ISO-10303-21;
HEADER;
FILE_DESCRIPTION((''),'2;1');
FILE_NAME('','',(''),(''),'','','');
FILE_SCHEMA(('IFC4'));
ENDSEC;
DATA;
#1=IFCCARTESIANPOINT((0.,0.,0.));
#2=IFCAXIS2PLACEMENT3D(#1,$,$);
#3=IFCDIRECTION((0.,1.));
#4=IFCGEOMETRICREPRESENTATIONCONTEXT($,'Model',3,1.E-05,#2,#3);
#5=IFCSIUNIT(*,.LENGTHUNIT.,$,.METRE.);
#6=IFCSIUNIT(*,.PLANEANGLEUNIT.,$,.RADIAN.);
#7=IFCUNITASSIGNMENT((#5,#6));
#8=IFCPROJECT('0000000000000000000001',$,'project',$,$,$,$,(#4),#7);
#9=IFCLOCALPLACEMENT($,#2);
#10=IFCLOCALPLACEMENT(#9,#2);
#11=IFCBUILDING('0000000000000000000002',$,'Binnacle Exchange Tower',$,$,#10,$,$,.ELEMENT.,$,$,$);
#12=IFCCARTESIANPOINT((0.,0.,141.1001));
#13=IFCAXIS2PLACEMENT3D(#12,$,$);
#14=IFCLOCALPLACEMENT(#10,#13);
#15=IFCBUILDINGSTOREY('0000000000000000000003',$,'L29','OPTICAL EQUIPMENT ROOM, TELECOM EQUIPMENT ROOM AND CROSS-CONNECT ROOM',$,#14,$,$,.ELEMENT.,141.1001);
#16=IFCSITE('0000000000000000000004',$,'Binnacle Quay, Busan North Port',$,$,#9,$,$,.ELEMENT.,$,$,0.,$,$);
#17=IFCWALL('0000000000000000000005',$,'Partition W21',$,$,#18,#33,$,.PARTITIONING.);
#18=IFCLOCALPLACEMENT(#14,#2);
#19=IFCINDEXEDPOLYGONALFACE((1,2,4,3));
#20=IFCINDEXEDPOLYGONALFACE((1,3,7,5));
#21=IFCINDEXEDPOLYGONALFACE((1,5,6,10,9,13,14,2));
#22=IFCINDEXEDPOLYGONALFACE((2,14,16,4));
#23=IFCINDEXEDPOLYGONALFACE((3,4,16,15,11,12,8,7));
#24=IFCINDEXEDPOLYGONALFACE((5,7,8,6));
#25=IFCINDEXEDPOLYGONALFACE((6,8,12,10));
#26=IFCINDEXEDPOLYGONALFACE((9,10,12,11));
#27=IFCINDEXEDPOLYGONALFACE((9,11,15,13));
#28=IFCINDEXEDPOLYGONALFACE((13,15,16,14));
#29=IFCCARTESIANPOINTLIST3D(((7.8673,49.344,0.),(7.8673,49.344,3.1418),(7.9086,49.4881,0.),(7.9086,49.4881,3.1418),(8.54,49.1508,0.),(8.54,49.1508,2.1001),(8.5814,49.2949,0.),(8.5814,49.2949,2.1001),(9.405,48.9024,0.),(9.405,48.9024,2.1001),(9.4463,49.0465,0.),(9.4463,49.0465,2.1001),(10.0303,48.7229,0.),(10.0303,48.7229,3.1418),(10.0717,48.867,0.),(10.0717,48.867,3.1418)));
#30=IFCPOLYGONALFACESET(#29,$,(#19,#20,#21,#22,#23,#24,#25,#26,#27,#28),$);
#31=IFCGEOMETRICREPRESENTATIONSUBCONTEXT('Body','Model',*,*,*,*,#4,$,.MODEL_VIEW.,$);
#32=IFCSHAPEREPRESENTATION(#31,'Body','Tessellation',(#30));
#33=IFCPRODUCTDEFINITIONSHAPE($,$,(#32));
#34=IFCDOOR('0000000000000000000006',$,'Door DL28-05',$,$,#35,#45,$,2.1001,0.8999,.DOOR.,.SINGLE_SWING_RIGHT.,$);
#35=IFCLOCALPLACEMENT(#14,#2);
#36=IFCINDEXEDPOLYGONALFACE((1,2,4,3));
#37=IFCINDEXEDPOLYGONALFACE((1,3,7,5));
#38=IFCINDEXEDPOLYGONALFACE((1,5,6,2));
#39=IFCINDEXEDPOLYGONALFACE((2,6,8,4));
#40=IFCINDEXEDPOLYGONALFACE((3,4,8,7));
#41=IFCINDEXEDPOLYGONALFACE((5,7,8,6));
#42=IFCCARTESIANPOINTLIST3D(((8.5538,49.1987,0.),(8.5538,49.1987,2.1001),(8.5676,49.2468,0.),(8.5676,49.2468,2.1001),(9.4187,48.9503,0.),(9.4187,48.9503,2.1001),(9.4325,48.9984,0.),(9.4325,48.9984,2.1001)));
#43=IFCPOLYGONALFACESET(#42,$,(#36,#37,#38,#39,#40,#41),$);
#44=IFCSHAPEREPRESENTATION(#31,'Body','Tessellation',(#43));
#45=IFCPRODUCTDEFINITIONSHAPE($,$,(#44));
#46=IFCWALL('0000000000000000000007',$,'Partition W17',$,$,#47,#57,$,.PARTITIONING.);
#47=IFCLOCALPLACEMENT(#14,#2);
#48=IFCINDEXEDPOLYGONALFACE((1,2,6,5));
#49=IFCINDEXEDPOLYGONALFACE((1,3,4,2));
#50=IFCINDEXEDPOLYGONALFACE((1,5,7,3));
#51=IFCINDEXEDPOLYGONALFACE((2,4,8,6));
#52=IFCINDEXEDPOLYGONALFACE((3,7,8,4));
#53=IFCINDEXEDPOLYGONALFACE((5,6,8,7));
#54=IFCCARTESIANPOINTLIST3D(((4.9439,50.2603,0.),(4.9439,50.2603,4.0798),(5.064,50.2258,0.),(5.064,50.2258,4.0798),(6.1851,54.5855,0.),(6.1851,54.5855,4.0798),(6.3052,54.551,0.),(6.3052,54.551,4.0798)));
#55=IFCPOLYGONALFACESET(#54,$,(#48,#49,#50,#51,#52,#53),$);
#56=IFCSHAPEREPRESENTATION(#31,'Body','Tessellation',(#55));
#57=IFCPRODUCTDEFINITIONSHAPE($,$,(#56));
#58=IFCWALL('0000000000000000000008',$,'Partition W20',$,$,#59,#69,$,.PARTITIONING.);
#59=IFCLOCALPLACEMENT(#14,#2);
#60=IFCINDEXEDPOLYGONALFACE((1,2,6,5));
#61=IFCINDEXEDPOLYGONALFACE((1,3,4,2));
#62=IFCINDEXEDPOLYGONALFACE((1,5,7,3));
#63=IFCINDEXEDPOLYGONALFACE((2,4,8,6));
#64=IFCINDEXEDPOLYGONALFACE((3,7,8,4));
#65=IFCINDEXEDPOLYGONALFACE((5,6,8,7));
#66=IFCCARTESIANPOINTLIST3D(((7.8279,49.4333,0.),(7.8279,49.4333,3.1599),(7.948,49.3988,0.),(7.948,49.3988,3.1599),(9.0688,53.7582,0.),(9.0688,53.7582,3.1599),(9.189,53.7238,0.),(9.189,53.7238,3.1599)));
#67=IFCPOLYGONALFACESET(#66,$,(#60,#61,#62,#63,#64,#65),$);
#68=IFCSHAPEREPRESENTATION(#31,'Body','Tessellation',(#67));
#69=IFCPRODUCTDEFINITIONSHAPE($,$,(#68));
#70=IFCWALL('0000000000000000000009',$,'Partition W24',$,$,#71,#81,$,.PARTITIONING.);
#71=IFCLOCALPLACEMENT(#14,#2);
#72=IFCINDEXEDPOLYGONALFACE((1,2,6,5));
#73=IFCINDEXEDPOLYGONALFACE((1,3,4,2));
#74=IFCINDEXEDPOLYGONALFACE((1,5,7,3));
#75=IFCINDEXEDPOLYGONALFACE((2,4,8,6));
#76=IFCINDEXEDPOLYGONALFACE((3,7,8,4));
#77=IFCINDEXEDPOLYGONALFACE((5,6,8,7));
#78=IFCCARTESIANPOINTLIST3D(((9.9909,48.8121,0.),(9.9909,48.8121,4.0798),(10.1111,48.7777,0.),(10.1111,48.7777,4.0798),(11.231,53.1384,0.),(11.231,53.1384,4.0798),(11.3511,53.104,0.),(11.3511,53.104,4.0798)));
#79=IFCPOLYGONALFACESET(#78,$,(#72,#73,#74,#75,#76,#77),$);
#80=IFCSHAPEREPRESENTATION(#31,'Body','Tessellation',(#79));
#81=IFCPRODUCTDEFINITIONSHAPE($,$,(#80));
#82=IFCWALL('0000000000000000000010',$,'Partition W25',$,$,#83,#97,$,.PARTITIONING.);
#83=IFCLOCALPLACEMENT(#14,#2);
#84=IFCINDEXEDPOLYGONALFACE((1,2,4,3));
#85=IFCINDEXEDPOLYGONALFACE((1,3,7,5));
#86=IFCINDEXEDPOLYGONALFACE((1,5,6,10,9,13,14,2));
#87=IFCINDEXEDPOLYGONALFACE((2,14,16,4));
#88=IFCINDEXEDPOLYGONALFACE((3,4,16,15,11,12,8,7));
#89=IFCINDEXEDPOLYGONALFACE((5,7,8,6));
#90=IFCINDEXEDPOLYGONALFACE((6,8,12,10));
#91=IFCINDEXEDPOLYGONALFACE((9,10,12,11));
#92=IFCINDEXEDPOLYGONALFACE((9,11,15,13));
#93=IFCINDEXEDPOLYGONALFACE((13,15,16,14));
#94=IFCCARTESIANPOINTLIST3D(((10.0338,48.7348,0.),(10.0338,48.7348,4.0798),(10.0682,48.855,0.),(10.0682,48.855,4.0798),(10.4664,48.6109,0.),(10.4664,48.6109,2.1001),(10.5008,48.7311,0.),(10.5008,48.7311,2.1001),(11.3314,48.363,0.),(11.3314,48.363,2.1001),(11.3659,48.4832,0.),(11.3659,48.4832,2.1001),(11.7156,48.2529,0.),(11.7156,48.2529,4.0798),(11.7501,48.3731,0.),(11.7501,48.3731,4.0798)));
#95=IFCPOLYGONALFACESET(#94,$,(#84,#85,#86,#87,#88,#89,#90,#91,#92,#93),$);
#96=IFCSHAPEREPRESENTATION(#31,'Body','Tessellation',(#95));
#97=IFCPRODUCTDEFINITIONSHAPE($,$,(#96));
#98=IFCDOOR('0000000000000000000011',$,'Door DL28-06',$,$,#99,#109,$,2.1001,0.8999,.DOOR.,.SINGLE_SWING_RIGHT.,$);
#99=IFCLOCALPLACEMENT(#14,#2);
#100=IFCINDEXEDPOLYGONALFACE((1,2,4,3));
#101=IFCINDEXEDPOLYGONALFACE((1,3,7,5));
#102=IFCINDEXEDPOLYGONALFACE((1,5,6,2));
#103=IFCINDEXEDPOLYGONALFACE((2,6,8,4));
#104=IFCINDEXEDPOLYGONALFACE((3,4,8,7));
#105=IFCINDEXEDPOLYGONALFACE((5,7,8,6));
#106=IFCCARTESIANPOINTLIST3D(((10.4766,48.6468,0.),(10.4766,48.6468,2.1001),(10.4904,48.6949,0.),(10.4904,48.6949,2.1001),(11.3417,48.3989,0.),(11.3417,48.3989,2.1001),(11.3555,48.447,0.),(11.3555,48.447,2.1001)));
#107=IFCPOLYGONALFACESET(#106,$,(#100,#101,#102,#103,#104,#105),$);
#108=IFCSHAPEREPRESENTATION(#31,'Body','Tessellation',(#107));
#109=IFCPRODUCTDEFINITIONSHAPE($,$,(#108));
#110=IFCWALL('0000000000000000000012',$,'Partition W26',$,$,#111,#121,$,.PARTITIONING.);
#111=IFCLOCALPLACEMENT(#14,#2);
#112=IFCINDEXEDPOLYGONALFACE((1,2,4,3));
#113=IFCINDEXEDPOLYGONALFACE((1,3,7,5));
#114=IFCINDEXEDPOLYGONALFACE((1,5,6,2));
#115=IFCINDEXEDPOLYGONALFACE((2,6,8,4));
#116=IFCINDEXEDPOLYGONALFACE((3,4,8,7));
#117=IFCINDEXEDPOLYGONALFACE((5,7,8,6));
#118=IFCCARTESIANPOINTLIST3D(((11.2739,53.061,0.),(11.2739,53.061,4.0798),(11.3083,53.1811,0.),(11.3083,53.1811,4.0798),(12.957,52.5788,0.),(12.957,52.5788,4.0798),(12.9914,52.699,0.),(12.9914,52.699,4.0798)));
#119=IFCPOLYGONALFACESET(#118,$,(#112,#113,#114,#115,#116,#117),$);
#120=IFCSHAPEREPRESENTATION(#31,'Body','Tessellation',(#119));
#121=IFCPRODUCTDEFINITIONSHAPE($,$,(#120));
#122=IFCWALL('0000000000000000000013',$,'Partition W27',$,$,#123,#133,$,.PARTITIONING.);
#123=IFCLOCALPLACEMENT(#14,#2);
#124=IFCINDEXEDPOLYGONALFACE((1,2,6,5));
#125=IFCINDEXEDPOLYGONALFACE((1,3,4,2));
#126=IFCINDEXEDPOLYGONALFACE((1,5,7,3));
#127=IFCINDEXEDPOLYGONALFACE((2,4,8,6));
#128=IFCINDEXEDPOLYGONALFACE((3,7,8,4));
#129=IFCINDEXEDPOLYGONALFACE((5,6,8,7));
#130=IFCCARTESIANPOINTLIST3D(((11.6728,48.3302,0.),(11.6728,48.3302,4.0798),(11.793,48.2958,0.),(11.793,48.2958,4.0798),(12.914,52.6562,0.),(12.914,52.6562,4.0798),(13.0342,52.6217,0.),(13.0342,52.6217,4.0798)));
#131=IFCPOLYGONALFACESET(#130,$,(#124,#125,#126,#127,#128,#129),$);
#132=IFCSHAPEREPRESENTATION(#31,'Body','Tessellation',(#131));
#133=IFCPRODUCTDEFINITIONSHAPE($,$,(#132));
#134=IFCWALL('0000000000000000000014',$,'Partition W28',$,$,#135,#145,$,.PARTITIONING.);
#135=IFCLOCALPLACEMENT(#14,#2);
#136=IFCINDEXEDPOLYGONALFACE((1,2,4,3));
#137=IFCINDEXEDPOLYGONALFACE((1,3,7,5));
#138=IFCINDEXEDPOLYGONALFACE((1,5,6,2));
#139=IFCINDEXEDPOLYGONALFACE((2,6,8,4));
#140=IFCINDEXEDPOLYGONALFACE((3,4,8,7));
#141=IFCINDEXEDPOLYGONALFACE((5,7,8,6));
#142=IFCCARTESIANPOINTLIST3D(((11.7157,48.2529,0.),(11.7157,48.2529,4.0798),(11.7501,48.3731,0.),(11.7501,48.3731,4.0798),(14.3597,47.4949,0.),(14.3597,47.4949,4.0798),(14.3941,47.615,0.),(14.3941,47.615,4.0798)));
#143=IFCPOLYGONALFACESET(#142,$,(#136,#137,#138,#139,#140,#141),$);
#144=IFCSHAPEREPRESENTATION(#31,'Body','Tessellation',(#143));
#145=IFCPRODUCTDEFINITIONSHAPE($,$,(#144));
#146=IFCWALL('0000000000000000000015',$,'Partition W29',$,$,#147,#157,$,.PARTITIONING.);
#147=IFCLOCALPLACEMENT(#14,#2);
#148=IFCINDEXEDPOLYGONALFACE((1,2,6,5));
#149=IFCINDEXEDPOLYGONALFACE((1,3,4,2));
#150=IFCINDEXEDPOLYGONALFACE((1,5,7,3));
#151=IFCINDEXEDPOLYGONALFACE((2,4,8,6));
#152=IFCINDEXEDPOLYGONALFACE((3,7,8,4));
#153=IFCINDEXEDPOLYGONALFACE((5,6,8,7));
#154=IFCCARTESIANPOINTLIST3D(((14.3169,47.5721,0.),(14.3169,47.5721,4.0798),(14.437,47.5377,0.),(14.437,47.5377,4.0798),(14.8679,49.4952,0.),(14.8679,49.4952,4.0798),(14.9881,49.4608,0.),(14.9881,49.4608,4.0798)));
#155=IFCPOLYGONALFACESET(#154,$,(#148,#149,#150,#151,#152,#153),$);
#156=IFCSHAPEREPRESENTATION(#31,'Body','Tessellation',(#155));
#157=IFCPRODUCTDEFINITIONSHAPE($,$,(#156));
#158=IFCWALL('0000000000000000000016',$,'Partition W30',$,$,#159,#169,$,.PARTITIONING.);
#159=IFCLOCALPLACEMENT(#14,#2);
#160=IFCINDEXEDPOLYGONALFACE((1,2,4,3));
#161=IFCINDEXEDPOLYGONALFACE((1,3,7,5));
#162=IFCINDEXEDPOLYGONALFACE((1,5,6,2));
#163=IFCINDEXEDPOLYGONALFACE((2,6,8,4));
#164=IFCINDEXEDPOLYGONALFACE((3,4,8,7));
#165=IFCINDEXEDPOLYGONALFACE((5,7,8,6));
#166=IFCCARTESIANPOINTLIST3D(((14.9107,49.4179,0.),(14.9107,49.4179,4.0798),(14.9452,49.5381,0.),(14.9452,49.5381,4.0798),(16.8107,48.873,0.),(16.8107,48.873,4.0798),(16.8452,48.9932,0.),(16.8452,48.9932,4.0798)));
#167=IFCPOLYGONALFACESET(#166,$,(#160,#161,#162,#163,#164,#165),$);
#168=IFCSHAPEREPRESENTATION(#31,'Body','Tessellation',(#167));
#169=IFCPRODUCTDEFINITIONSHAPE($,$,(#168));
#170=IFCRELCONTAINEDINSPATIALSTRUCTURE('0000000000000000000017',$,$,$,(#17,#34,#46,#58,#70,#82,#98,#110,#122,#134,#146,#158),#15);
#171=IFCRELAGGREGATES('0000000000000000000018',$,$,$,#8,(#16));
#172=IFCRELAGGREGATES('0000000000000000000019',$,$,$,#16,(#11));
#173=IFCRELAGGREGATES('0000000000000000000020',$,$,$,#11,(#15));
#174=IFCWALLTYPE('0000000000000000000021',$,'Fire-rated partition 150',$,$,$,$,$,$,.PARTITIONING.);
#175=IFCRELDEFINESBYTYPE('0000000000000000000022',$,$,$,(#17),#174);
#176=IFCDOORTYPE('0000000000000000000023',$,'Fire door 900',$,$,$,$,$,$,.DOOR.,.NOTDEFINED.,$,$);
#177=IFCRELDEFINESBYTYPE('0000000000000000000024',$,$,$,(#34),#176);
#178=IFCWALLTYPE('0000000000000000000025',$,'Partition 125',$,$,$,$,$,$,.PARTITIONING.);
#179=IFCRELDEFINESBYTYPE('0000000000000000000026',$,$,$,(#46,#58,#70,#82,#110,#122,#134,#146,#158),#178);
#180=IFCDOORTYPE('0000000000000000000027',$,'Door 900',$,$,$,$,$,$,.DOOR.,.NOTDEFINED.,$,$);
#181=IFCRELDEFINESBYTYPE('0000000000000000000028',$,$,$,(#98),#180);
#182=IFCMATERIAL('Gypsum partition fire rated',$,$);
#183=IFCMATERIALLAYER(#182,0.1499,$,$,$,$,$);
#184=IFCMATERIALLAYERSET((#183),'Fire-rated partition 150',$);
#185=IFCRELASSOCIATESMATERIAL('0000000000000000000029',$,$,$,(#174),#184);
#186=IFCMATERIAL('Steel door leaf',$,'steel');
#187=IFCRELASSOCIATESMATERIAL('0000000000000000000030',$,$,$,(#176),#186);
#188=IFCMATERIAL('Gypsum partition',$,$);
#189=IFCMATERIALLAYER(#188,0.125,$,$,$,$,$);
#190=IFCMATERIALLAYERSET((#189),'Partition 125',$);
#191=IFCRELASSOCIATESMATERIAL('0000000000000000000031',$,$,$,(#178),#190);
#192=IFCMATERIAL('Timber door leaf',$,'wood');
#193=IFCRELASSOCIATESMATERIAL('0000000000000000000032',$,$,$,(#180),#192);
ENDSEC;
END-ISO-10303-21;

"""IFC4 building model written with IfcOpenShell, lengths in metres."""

from ifc_helpers import new_model, si_unit, direction, frame, frame_2d, origin, place, context, subcontext, project, spatial, rectangle, extrude, material, layer, layer_set, type_object, element, fill, save


model = new_model("IFC4")

# Units and contexts
model_context = context("Model", 3, precision=1e-05, world=origin(), true_north=direction((0.0, 1.0)))
body_context = subcontext(model_context, "Body", "Model", "MODEL_VIEW")
ifc_project = project(units=[si_unit("LENGTHUNIT", "METRE"), si_unit("PLANEANGLEUNIT", "RADIAN")], contexts=[model_context])

# Site, building, storey
site_placement = place(None, origin())
site = spatial("IfcSite", under=ifc_project, at=site_placement, Name="Binnacle Quay, Busan North Port", CompositionType="ELEMENT", RefElevation=0.0)
building_placement = place(site_placement, origin())
building = spatial("IfcBuilding", under=site, at=building_placement, Name="Binnacle Exchange Tower", CompositionType="ELEMENT")
storey_placement = place(building_placement, frame((0.0, 0.0, 141.1001)))
storey = spatial("IfcBuildingStorey", under=building, at=storey_placement, Name="L29", Description="OPTICAL EQUIPMENT ROOM, TELECOM EQUIPMENT ROOM AND CROSS-CONNECT ROOM", CompositionType="ELEMENT", Elevation=141.1001)

# Shared definitions
ifc_material_1 = material(Name="Steel door leaf", Category="steel")

# Shared definitions
ifc_material_2 = material(Name="Gypsum partition fire rated")
ifc_layer_1 = layer(ifc_material_2, 0.1499)
ifc_layer_set_1 = layer_set([ifc_layer_1], Name="Fire-rated partition 150")
wall_type_1 = type_object("IfcWallType", Name="Fire-rated partition 150", PredefinedType="PARTITIONING", material=ifc_layer_set_1)

# Shared definitions
door_type_1 = type_object("IfcDoorType", Name="Fire door 900", OperationType="NOTDEFINED", PredefinedType="DOOR", material=ifc_material_1)

# Wall, opening, door
wall_1_placement = place(storey_placement, frame((7.8879, 49.416, 0.0), z_axis=(0.0, 0.0, 1.0), x_axis=(0.961163, -0.275982, 0.0)))
wall_1 = element("IfcWall", 1, at=wall_1_placement, inside=storey, type_object=wall_type_1, Name="Partition W21", PredefinedType="PARTITIONING", context=body_context, shape_type="SweptSolid", body=[
    extrude(rectangle(XDim=2.2505, YDim=0.1499, at=frame_2d((1.1252, 0.0))), origin(), (0.0, 0.0, 1.0), 3.1418),
])
opening_1_placement = place(wall_1_placement, frame((0.7, 0.0, 0.0)))
opening_1 = element("IfcOpeningElement", 2, at=opening_1_placement, cuts=wall_1, PredefinedType="OPENING", context=body_context, shape_type="SweptSolid", body=[
    extrude(rectangle(XDim=0.8999, YDim=2.1001, at=frame_2d((0.45, 1.05))), frame((0.0, 0.085, 0.0), z_axis=(0.0, -1.0, 0.0), x_axis=(1.0, 0.0, 0.0)), (0.0, 0.0, 1.0), 0.1699),
])
door_1_placement = place(opening_1_placement, origin())
door_1 = element("IfcDoor", 3, at=door_1_placement, inside=storey, type_object=door_type_1, Name="Door DL28-05", OperationType="SINGLE_SWING_RIGHT", OverallHeight=2.1001, OverallWidth=0.8999, PredefinedType="DOOR", context=body_context, shape_type="SweptSolid", body=[
    extrude(rectangle(XDim=0.8999, YDim=2.1001, at=frame_2d((0.45, 1.05))), frame((0.0, 0.0249, 0.0), z_axis=(0.0, -1.0, 0.0), x_axis=(1.0, 0.0, 0.0)), (0.0, 0.0, 1.0), 0.05),
])
fill(opening_1, door_1)

# Walls
ifc_material_3 = material(Name="Gypsum partition")
ifc_layer_2 = layer(ifc_material_3, 0.125)
ifc_layer_set_2 = layer_set([ifc_layer_2], Name="Partition 125")
wall_type_2 = type_object("IfcWallType", Name="Partition 125", PredefinedType="PARTITIONING", material=ifc_layer_set_2)
wall_2_placement = place(storey_placement, frame((5.0039, 50.2429, 0.0), z_axis=(0.0, 0.0, 1.0), x_axis=(0.275839, 0.961204, 0.0)))
element("IfcWall", 4, at=wall_2_placement, inside=storey, type_object=wall_type_2, Name="Partition W17", PredefinedType="PARTITIONING", context=body_context, shape_type="SweptSolid", body=[
    extrude(rectangle(XDim=4.4998, YDim=0.125, at=frame_2d((2.25, 0.0))), origin(), (0.0, 0.0, 1.0), 4.0798),
])
wall_3_placement = place(storey_placement, frame((7.8879, 49.416, 0.0), z_axis=(0.0, 0.0, 1.0), x_axis=(0.275803, 0.961214, 0.0)))
element("IfcWall", 5, at=wall_3_placement, inside=storey, type_object=wall_type_2, Name="Partition W20", PredefinedType="PARTITIONING", context=body_context, shape_type="SweptSolid", body=[
    extrude(rectangle(XDim=4.4995, YDim=0.125, at=frame_2d((2.2498, 0.0))), origin(), (0.0, 0.0, 1.0), 3.1599),
])
wall_4_placement = place(storey_placement, frame((10.051, 48.7949, 0.0), z_axis=(0.0, 0.0, 1.0), x_axis=(0.275531, 0.961292, 0.0)))
element("IfcWall", 6, at=wall_4_placement, inside=storey, type_object=wall_type_2, Name="Partition W24", PredefinedType="PARTITIONING", context=body_context, shape_type="SweptSolid", body=[
    extrude(rectangle(XDim=4.5005, YDim=0.125, at=frame_2d((2.2502, 0.0))), origin(), (0.0, 0.0, 1.0), 4.0798),
])

# Wall, opening, door
wall_5_placement = place(storey_placement, frame((10.051, 48.7949, 0.0), z_axis=(0.0, 0.0, 1.0), x_axis=(0.961313, -0.275458, 0.0)))
wall_5 = element("IfcWall", 7, at=wall_5_placement, inside=storey, type_object=wall_type_2, Name="Partition W25", PredefinedType="PARTITIONING", context=body_context, shape_type="SweptSolid", body=[
    extrude(rectangle(XDim=1.7495, YDim=0.125, at=frame_2d((0.8748, 0.0))), origin(), (0.0, 0.0, 1.0), 4.0798),
])
opening_2_placement = place(wall_5_placement, frame((0.45, 0.0, 0.0)))
opening_2 = element("IfcOpeningElement", 8, at=opening_2_placement, cuts=wall_5, PredefinedType="OPENING", context=body_context, shape_type="SweptSolid", body=[
    extrude(rectangle(XDim=0.8999, YDim=2.1001, at=frame_2d((0.45, 1.05))), frame((0.0, 0.0725, 0.0), z_axis=(0.0, -1.0, 0.0), x_axis=(1.0, 0.0, 0.0)), (0.0, 0.0, 1.0), 0.145),
])
ifc_material_4 = material(Name="Timber door leaf", Category="wood")
door_type_2 = type_object("IfcDoorType", Name="Door 900", OperationType="NOTDEFINED", PredefinedType="DOOR", material=ifc_material_4)
door_2_placement = place(opening_2_placement, origin())
door_2 = element("IfcDoor", 9, at=door_2_placement, inside=storey, type_object=door_type_2, Name="Door DL28-06", OperationType="SINGLE_SWING_RIGHT", OverallHeight=2.1001, OverallWidth=0.8999, PredefinedType="DOOR", context=body_context, shape_type="SweptSolid", body=[
    extrude(rectangle(XDim=0.8999, YDim=2.1001, at=frame_2d((0.45, 1.05))), frame((0.0, 0.0249, 0.0), z_axis=(0.0, -1.0, 0.0), x_axis=(1.0, 0.0, 0.0)), (0.0, 0.0, 1.0), 0.05),
])
fill(opening_2, door_2)

# Walls
wall_6_placement = place(storey_placement, frame((11.291, 53.1211, 0.0), z_axis=(0.0, 0.0, 1.0), x_axis=(0.961329, -0.275402, 0.0)))
element("IfcWall", 10, at=wall_6_placement, inside=storey, type_object=wall_type_2, Name="Partition W26", PredefinedType="PARTITIONING", context=body_context, shape_type="SweptSolid", body=[
    extrude(rectangle(XDim=1.7507, YDim=0.125, at=frame_2d((0.8755, 0.0))), origin(), (0.0, 0.0, 1.0), 4.0798),
])
wall_7_placement = place(storey_placement, frame((11.7329, 48.313, 0.0), z_axis=(0.0, 0.0, 1.0), x_axis=(0.275796, 0.961216, 0.0)))
element("IfcWall", 11, at=wall_7_placement, inside=storey, type_object=wall_type_2, Name="Partition W27", PredefinedType="PARTITIONING", context=body_context, shape_type="SweptSolid", body=[
    extrude(rectangle(XDim=4.5005, YDim=0.125, at=frame_2d((2.2502, 0.0))), origin(), (0.0, 0.0, 1.0), 4.0798),
])
wall_8_placement = place(storey_placement, frame((11.7329, 48.313, 0.0), z_axis=(0.0, 0.0, 1.0), x_axis=(0.961272, -0.2756, 0.0)))
element("IfcWall", 12, at=wall_8_placement, inside=storey, type_object=wall_type_2, Name="Partition W28", PredefinedType="PARTITIONING", context=body_context, shape_type="SweptSolid", body=[
    extrude(rectangle(XDim=2.7505, YDim=0.125, at=frame_2d((1.3752, 0.0))), origin(), (0.0, 0.0, 1.0), 4.0798),
])
wall_9_placement = place(storey_placement, frame((14.377, 47.5549, 0.0), z_axis=(0.0, 0.0, 1.0), x_axis=(0.275446, 0.961316, 0.0)))
element("IfcWall", 13, at=wall_9_placement, inside=storey, type_object=wall_type_2, Name="Partition W29", PredefinedType="PARTITIONING", context=body_context, shape_type="SweptSolid", body=[
    extrude(rectangle(XDim=2.0005, YDim=0.125, at=frame_2d((1.0002, 0.0))), origin(), (0.0, 0.0, 1.0), 4.0798),
])
wall_10_placement = place(storey_placement, frame((14.928, 49.478, 0.0), z_axis=(0.0, 0.0, 1.0), x_axis=(0.961244, -0.2757, 0.0)))
element("IfcWall", 14, at=wall_10_placement, inside=storey, type_object=wall_type_2, Name="Partition W30", PredefinedType="PARTITIONING", context=body_context, shape_type="SweptSolid", body=[
    extrude(rectangle(XDim=1.9766, YDim=0.125, at=frame_2d((0.9883, 0.0))), origin(), (0.0, 0.0, 1.0), 4.0798),
])

save(model, "model.ifc")
